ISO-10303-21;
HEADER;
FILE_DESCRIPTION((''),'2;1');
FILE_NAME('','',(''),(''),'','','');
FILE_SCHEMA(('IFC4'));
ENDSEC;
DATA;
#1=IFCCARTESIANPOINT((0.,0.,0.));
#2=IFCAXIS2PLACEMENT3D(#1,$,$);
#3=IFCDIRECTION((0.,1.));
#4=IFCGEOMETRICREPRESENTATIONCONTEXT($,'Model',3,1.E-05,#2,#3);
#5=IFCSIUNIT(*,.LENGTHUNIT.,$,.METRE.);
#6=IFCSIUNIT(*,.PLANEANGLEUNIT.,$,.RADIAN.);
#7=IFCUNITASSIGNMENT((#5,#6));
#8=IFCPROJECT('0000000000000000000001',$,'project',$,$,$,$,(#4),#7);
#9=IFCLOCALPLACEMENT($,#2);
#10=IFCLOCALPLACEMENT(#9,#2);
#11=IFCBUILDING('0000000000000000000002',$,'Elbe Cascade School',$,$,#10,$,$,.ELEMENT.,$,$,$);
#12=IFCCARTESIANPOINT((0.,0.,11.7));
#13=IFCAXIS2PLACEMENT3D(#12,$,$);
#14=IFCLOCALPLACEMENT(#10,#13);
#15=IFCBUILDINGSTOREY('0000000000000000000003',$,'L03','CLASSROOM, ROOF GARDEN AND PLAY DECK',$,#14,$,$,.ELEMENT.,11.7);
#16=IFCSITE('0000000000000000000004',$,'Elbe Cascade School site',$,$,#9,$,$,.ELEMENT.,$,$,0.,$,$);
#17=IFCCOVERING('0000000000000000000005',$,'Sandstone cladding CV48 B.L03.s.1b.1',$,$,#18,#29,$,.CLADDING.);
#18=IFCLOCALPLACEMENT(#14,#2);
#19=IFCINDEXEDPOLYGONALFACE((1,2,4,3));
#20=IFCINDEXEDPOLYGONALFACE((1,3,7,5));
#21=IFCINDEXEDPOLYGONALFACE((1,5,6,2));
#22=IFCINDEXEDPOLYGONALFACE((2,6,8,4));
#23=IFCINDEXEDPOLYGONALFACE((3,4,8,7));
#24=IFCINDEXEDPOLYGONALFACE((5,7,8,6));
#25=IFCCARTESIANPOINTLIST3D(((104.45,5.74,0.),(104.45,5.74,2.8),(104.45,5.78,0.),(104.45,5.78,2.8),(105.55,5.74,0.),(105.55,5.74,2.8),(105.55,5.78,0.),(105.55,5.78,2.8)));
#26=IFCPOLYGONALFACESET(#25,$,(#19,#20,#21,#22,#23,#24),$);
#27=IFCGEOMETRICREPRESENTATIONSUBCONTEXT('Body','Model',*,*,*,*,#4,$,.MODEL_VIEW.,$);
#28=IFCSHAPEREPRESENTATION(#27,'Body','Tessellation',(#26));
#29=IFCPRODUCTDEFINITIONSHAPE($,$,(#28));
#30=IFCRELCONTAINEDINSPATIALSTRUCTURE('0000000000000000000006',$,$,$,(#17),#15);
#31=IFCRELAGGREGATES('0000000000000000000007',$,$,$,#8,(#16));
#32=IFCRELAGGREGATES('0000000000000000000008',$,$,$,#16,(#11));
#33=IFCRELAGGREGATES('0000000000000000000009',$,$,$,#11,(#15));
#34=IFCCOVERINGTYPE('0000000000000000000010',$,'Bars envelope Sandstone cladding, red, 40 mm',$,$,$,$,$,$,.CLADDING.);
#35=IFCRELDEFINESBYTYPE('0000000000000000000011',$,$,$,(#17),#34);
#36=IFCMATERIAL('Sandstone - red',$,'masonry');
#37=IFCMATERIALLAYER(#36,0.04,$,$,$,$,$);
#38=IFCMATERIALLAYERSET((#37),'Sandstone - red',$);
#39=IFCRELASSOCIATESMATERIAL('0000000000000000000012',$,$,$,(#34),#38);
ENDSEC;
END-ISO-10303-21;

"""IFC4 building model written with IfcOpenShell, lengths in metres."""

from ifc_helpers import new_model, si_unit, direction, frame, origin, origin_2d, place, context, subcontext, project, spatial, rectangle, extrude, material, layer, layer_set, type_object, element, save


model = new_model("IFC4")

# Units and contexts
model_context = context("Model", 3, precision=1e-05, world=origin(), true_north=direction((0.0, 1.0)))
body_context = subcontext(model_context, "Body", "Model", "MODEL_VIEW")
ifc_project = project(units=[si_unit("LENGTHUNIT", "METRE"), si_unit("PLANEANGLEUNIT", "RADIAN")], contexts=[model_context])

# Site, building, storey
site_placement = place(None, origin())
site = spatial("IfcSite", under=ifc_project, at=site_placement, Name="Elbe Cascade School site", CompositionType="ELEMENT", RefElevation=0.0)
building_placement = place(site_placement, origin())
building = spatial("IfcBuilding", under=site, at=building_placement, Name="Elbe Cascade School", CompositionType="ELEMENT")
storey_placement = place(building_placement, frame((0.0, 0.0, 11.7)))
storey = spatial("IfcBuildingStorey", under=building, at=storey_placement, Name="L03", Description="CLASSROOM, ROOF GARDEN AND PLAY DECK", CompositionType="ELEMENT", Elevation=11.7)

# Covering
ifc_material_1 = material(Name="Sandstone - red", Category="masonry")
ifc_layer_1 = layer(ifc_material_1, 0.04)
ifc_layer_set_1 = layer_set([ifc_layer_1], Name="Sandstone - red")
covering_type_1 = type_object("IfcCoveringType", Name="Bars envelope Sandstone cladding, red, 40 mm", PredefinedType="CLADDING", material=ifc_layer_set_1)
covering_1_placement = place(storey_placement, frame((105.0, 5.76, 0.0), z_axis=(0.0, 0.0, 1.0), x_axis=(1.0, 0.0, 0.0)))
element("IfcCovering", 1, at=covering_1_placement, inside=storey, type_object=covering_type_1, Name="Sandstone cladding CV48 B.L03.s.1b.1", PredefinedType="CLADDING", context=body_context, shape_type="SweptSolid", body=[
    extrude(rectangle(XDim=1.1001, YDim=0.04, at=origin_2d()), origin(), (0.0, 0.0, 1.0), 2.8),
])

save(model, "model.ifc")
